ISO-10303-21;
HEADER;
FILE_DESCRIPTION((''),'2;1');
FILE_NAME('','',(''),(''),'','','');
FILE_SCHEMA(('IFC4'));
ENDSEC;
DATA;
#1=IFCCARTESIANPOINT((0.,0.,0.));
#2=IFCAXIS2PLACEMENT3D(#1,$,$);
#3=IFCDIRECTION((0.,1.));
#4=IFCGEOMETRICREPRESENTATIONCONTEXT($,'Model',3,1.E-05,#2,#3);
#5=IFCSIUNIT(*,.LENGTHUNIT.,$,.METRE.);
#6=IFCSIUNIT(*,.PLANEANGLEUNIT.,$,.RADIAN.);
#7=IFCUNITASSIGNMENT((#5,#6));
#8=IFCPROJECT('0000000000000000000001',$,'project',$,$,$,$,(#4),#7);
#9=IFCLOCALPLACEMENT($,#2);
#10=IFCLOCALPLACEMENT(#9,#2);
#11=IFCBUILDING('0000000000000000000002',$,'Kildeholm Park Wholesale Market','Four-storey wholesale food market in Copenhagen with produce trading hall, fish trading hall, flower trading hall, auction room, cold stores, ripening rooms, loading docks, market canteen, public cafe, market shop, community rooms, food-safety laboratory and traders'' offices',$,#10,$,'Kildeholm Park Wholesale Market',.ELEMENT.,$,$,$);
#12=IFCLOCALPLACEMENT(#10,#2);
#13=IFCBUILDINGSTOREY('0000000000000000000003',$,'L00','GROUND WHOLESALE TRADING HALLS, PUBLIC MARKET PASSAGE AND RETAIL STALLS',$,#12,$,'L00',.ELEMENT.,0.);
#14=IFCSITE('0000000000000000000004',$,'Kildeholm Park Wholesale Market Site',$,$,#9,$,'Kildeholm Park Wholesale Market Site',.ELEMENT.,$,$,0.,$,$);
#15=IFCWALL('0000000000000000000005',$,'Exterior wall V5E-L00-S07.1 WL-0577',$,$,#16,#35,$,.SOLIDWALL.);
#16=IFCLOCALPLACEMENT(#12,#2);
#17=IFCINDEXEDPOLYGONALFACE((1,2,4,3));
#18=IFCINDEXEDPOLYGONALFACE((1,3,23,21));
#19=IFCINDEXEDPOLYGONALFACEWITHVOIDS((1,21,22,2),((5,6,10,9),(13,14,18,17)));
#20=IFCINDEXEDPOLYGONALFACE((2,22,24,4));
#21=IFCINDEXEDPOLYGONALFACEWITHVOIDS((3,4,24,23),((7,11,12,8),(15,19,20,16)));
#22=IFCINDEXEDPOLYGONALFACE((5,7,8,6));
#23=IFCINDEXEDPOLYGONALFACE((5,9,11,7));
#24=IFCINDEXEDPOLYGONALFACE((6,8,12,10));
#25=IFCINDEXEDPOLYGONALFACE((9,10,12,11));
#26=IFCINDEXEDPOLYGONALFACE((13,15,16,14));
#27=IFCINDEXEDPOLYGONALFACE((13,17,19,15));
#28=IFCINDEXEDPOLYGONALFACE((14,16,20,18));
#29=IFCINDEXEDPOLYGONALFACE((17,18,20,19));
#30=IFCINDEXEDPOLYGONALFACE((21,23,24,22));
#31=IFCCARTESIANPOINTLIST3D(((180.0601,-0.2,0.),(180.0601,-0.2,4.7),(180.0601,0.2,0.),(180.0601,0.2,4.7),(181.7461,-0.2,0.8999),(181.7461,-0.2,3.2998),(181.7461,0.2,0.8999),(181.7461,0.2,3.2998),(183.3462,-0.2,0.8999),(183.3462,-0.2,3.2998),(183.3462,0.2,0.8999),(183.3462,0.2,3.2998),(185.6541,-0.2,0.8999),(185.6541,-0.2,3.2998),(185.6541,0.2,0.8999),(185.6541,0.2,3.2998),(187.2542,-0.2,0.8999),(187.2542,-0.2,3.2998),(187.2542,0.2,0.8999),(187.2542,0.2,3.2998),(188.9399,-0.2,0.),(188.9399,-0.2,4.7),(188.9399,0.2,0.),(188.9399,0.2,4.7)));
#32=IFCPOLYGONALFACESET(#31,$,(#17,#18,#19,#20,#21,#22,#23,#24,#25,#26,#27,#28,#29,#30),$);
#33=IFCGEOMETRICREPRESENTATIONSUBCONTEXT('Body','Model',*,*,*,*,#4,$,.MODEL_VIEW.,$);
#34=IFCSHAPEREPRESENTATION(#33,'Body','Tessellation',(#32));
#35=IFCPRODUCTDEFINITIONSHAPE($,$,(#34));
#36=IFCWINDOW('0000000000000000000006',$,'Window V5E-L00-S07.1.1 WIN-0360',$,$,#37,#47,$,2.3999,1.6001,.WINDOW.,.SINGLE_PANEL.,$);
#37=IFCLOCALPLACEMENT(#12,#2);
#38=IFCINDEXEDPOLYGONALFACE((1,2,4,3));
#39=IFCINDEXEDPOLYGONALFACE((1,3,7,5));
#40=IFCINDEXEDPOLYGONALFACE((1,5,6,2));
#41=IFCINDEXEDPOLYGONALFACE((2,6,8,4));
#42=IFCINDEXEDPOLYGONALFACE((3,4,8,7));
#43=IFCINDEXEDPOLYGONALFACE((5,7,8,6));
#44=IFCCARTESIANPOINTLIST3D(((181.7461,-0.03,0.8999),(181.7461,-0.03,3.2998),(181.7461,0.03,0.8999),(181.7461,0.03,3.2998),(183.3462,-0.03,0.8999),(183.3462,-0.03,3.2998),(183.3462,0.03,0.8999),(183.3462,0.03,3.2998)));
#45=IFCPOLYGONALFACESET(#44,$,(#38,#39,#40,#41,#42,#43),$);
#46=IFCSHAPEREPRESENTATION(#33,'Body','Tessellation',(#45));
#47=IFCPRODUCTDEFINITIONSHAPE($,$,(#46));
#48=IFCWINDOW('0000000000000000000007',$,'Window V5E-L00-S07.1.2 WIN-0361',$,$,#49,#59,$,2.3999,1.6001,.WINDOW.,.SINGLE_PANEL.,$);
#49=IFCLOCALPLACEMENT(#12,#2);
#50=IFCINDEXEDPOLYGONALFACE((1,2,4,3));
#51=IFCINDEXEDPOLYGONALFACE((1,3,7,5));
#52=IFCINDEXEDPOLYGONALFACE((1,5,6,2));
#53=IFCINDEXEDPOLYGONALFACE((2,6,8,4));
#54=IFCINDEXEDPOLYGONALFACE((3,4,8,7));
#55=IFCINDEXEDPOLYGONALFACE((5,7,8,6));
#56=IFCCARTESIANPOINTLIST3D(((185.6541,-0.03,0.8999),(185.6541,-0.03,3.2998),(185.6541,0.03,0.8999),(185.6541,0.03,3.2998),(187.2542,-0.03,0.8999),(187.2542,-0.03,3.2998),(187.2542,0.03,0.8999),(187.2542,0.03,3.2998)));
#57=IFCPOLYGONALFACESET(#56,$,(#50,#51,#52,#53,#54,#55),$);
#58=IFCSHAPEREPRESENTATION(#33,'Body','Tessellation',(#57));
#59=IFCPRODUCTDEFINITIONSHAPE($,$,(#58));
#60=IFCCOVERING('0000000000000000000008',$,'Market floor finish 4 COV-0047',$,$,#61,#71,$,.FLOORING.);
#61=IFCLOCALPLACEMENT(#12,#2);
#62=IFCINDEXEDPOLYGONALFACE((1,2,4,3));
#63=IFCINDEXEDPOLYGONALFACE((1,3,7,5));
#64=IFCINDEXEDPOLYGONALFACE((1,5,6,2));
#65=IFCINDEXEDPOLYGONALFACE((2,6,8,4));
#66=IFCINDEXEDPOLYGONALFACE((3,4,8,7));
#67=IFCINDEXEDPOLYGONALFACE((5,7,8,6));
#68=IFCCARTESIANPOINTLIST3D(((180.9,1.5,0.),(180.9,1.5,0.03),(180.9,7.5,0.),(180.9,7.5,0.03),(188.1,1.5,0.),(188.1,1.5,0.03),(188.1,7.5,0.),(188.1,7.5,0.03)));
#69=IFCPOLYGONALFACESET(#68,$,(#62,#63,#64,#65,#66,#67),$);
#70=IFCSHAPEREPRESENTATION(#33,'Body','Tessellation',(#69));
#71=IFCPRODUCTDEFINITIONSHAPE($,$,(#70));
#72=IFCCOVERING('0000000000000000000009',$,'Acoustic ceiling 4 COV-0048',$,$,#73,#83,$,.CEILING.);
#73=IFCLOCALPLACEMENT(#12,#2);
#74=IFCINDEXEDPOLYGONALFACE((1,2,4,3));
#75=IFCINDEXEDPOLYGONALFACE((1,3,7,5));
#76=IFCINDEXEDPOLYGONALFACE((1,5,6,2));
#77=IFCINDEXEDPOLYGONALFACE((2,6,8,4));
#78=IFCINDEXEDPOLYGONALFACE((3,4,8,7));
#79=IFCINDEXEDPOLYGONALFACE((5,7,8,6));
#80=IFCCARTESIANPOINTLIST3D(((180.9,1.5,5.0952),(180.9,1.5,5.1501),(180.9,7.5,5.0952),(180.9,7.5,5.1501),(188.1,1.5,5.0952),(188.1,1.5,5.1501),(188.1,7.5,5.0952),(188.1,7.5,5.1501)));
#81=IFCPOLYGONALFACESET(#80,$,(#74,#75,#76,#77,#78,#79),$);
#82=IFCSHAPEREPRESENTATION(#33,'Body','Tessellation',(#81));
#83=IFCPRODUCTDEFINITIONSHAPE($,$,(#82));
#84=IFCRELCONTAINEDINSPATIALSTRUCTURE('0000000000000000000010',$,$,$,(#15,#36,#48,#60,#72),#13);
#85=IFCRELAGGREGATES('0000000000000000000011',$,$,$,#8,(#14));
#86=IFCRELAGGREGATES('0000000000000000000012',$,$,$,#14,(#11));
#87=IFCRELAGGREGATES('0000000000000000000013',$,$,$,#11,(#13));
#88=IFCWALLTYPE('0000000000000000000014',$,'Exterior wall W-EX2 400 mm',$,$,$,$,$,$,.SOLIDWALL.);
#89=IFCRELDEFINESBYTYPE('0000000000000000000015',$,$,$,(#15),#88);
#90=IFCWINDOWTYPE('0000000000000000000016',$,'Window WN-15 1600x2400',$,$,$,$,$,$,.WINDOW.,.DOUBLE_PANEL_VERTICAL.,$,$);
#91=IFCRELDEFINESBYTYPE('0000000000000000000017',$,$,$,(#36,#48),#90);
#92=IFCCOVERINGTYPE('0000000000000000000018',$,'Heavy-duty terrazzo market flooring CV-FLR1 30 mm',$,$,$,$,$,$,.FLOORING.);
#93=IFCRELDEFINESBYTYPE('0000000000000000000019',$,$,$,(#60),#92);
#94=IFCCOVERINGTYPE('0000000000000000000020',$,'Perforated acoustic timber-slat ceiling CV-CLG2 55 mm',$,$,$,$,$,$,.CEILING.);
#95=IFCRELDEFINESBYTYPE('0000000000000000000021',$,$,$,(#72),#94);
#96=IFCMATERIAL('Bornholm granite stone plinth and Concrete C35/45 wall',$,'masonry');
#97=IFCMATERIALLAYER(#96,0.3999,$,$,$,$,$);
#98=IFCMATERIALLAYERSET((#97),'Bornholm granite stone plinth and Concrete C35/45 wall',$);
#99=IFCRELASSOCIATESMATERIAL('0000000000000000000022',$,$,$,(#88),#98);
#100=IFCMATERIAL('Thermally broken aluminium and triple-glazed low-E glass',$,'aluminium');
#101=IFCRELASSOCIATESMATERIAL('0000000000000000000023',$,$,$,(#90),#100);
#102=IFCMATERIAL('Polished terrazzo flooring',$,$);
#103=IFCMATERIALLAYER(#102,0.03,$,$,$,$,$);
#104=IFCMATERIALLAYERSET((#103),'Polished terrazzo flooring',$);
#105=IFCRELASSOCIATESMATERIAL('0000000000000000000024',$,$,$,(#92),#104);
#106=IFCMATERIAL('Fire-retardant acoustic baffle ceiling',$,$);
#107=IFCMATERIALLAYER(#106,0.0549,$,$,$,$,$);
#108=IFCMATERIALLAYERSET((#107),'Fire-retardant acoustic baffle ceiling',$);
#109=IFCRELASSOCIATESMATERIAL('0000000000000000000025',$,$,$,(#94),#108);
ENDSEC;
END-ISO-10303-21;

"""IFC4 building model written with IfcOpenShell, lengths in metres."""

from ifc_helpers import new_model, si_unit, direction, frame, frame_2d, origin, origin_2d, place, context, subcontext, project, spatial, rectangle, extrude, material, layer, layer_set, type_object, element, fill, save


model = new_model("IFC4")

# Units and contexts
model_context = context("Model", 3, precision=1e-05, world=origin(), true_north=direction((0.0, 1.0)))
body_context = subcontext(model_context, "Body", "Model", "MODEL_VIEW")
ifc_project = project(units=[si_unit("LENGTHUNIT", "METRE"), si_unit("PLANEANGLEUNIT", "RADIAN")], contexts=[model_context])

# Site, building, storey
site_placement = place(None, origin())
site = spatial("IfcSite", under=ifc_project, at=site_placement, Name="Kildeholm Park Wholesale Market Site", LongName="Kildeholm Park Wholesale Market Site", CompositionType="ELEMENT", RefElevation=0.0)
building_placement = place(site_placement, origin())
building = spatial("IfcBuilding", under=site, at=building_placement, Name="Kildeholm Park Wholesale Market", Description="Four-storey wholesale food market in Copenhagen with produce trading hall, fish trading hall, flower trading hall, auction room, cold stores, ripening rooms, loading docks, market canteen, public cafe, market shop, community rooms, food-safety laboratory and traders' offices", LongName="Kildeholm Park Wholesale Market", CompositionType="ELEMENT")
storey_placement = place(building_placement, origin())
storey = spatial("IfcBuildingStorey", under=building, at=storey_placement, Name="L00", Description="GROUND WHOLESALE TRADING HALLS, PUBLIC MARKET PASSAGE AND RETAIL STALLS", LongName="L00", CompositionType="ELEMENT", Elevation=0.0)

# Wall, openings, windows
ifc_material_1 = material(Name="Bornholm granite stone plinth and Concrete C35/45 wall", Category="masonry")
ifc_layer_1 = layer(ifc_material_1, 0.3999)
ifc_layer_set_1 = layer_set([ifc_layer_1], Name="Bornholm granite stone plinth and Concrete C35/45 wall")
wall_type = type_object("IfcWallType", Name="Exterior wall W-EX2 400 mm", PredefinedType="SOLIDWALL", material=ifc_layer_set_1)
wall_placement = place(storey_placement, frame((180.0601, 0.0, 0.0), z_axis=(0.0, 0.0, 1.0), x_axis=(1.0, 0.0, 0.0)))
wall = element("IfcWall", 1, at=wall_placement, inside=storey, type_object=wall_type, Name="Exterior wall V5E-L00-S07.1 WL-0577", PredefinedType="SOLIDWALL", context=body_context, shape_type="SweptSolid", body=[
    extrude(rectangle(XDim=8.8799, YDim=0.3999, at=frame_2d((4.4399, 0.0))), origin(), (0.0, 0.0, 1.0), 4.7),
])
opening_1_placement = place(wall_placement, frame((1.686, 0.0, 0.8999)))
opening_1 = element("IfcOpeningElement", 2, at=opening_1_placement, cuts=wall, PredefinedType="OPENING", context=body_context, shape_type="SweptSolid", body=[
    extrude(rectangle(XDim=1.6001, YDim=2.3999, at=frame_2d((0.8, 1.2))), frame((0.0, 0.21, 0.0), z_axis=(0.0, -1.0, 0.0), x_axis=(1.0, 0.0, 0.0)), (0.0, 0.0, 1.0), 0.4199),
])
opening_2_placement = place(wall_placement, frame((5.594, 0.0, 0.8999)))
opening_2 = element("IfcOpeningElement", 3, at=opening_2_placement, cuts=wall, PredefinedType="OPENING", context=body_context, shape_type="SweptSolid", body=[
    extrude(rectangle(XDim=1.6001, YDim=2.3999, at=frame_2d((0.8, 1.2))), frame((0.0, 0.21, 0.0), z_axis=(0.0, -1.0, 0.0), x_axis=(1.0, 0.0, 0.0)), (0.0, 0.0, 1.0), 0.4199),
])
ifc_material_2 = material(Name="Thermally broken aluminium and triple-glazed low-E glass", Category="aluminium")
window_type = type_object("IfcWindowType", Name="Window WN-15 1600x2400", PartitioningType="DOUBLE_PANEL_VERTICAL", PredefinedType="WINDOW", material=ifc_material_2)
window_1_placement = place(opening_1_placement, origin())
window_1 = element("IfcWindow", 4, at=window_1_placement, inside=storey, type_object=window_type, Name="Window V5E-L00-S07.1.1 WIN-0360", OverallHeight=2.3999, OverallWidth=1.6001, PartitioningType="SINGLE_PANEL", PredefinedType="WINDOW", context=body_context, shape_type="SweptSolid", body=[
    extrude(rectangle(XDim=1.6001, YDim=2.3999, at=frame_2d((0.8, 1.2))), frame((0.0, 0.03, 0.0), z_axis=(0.0, -1.0, 0.0), x_axis=(1.0, 0.0, 0.0)), (0.0, 0.0, 1.0), 0.0601),
])
fill(opening_1, window_1)
window_2_placement = place(opening_2_placement, origin())
window_2 = element("IfcWindow", 5, at=window_2_placement, inside=storey, type_object=window_type, Name="Window V5E-L00-S07.1.2 WIN-0361", OverallHeight=2.3999, OverallWidth=1.6001, PartitioningType="SINGLE_PANEL", PredefinedType="WINDOW", context=body_context, shape_type="SweptSolid", body=[
    extrude(rectangle(XDim=1.6001, YDim=2.3999, at=frame_2d((0.8, 1.2))), frame((0.0, 0.03, 0.0), z_axis=(0.0, -1.0, 0.0), x_axis=(1.0, 0.0, 0.0)), (0.0, 0.0, 1.0), 0.0601),
])
fill(opening_2, window_2)

# Coverings
ifc_material_3 = material(Name="Polished terrazzo flooring")
ifc_layer_2 = layer(ifc_material_3, 0.03)
ifc_layer_set_2 = layer_set([ifc_layer_2], Name="Polished terrazzo flooring")
covering_type_1 = type_object("IfcCoveringType", Name="Heavy-duty terrazzo market flooring CV-FLR1 30 mm", PredefinedType="FLOORING", material=ifc_layer_set_2)
covering_1_placement = place(storey_placement, frame((184.5, 4.5, 0.0), z_axis=(0.0, 0.0, 1.0), x_axis=(1.0, 0.0, 0.0)))
element("IfcCovering", 6, at=covering_1_placement, inside=storey, type_object=covering_type_1, Name="Market floor finish 4 COV-0047", PredefinedType="FLOORING", context=body_context, shape_type="SweptSolid", body=[
    extrude(rectangle(XDim=7.2, YDim=6.0, at=origin_2d()), origin(), (0.0, 0.0, 1.0), 0.03),
])
ifc_material_4 = material(Name="Fire-retardant acoustic baffle ceiling")
ifc_layer_3 = layer(ifc_material_4, 0.0549)
ifc_layer_set_3 = layer_set([ifc_layer_3], Name="Fire-retardant acoustic baffle ceiling")
covering_type_2 = type_object("IfcCoveringType", Name="Perforated acoustic timber-slat ceiling CV-CLG2 55 mm", PredefinedType="CEILING", material=ifc_layer_set_3)
covering_2_placement = place(storey_placement, frame((184.5, 4.5, 5.0952), z_axis=(0.0, 0.0, 1.0), x_axis=(1.0, 0.0, 0.0)))
element("IfcCovering", 7, at=covering_2_placement, inside=storey, type_object=covering_type_2, Name="Acoustic ceiling 4 COV-0048", PredefinedType="CEILING", context=body_context, shape_type="SweptSolid", body=[
    extrude(rectangle(XDim=7.2, YDim=6.0, at=origin_2d()), origin(), (0.0, 0.0, 1.0), 0.0549),
])

save(model, "model.ifc")
